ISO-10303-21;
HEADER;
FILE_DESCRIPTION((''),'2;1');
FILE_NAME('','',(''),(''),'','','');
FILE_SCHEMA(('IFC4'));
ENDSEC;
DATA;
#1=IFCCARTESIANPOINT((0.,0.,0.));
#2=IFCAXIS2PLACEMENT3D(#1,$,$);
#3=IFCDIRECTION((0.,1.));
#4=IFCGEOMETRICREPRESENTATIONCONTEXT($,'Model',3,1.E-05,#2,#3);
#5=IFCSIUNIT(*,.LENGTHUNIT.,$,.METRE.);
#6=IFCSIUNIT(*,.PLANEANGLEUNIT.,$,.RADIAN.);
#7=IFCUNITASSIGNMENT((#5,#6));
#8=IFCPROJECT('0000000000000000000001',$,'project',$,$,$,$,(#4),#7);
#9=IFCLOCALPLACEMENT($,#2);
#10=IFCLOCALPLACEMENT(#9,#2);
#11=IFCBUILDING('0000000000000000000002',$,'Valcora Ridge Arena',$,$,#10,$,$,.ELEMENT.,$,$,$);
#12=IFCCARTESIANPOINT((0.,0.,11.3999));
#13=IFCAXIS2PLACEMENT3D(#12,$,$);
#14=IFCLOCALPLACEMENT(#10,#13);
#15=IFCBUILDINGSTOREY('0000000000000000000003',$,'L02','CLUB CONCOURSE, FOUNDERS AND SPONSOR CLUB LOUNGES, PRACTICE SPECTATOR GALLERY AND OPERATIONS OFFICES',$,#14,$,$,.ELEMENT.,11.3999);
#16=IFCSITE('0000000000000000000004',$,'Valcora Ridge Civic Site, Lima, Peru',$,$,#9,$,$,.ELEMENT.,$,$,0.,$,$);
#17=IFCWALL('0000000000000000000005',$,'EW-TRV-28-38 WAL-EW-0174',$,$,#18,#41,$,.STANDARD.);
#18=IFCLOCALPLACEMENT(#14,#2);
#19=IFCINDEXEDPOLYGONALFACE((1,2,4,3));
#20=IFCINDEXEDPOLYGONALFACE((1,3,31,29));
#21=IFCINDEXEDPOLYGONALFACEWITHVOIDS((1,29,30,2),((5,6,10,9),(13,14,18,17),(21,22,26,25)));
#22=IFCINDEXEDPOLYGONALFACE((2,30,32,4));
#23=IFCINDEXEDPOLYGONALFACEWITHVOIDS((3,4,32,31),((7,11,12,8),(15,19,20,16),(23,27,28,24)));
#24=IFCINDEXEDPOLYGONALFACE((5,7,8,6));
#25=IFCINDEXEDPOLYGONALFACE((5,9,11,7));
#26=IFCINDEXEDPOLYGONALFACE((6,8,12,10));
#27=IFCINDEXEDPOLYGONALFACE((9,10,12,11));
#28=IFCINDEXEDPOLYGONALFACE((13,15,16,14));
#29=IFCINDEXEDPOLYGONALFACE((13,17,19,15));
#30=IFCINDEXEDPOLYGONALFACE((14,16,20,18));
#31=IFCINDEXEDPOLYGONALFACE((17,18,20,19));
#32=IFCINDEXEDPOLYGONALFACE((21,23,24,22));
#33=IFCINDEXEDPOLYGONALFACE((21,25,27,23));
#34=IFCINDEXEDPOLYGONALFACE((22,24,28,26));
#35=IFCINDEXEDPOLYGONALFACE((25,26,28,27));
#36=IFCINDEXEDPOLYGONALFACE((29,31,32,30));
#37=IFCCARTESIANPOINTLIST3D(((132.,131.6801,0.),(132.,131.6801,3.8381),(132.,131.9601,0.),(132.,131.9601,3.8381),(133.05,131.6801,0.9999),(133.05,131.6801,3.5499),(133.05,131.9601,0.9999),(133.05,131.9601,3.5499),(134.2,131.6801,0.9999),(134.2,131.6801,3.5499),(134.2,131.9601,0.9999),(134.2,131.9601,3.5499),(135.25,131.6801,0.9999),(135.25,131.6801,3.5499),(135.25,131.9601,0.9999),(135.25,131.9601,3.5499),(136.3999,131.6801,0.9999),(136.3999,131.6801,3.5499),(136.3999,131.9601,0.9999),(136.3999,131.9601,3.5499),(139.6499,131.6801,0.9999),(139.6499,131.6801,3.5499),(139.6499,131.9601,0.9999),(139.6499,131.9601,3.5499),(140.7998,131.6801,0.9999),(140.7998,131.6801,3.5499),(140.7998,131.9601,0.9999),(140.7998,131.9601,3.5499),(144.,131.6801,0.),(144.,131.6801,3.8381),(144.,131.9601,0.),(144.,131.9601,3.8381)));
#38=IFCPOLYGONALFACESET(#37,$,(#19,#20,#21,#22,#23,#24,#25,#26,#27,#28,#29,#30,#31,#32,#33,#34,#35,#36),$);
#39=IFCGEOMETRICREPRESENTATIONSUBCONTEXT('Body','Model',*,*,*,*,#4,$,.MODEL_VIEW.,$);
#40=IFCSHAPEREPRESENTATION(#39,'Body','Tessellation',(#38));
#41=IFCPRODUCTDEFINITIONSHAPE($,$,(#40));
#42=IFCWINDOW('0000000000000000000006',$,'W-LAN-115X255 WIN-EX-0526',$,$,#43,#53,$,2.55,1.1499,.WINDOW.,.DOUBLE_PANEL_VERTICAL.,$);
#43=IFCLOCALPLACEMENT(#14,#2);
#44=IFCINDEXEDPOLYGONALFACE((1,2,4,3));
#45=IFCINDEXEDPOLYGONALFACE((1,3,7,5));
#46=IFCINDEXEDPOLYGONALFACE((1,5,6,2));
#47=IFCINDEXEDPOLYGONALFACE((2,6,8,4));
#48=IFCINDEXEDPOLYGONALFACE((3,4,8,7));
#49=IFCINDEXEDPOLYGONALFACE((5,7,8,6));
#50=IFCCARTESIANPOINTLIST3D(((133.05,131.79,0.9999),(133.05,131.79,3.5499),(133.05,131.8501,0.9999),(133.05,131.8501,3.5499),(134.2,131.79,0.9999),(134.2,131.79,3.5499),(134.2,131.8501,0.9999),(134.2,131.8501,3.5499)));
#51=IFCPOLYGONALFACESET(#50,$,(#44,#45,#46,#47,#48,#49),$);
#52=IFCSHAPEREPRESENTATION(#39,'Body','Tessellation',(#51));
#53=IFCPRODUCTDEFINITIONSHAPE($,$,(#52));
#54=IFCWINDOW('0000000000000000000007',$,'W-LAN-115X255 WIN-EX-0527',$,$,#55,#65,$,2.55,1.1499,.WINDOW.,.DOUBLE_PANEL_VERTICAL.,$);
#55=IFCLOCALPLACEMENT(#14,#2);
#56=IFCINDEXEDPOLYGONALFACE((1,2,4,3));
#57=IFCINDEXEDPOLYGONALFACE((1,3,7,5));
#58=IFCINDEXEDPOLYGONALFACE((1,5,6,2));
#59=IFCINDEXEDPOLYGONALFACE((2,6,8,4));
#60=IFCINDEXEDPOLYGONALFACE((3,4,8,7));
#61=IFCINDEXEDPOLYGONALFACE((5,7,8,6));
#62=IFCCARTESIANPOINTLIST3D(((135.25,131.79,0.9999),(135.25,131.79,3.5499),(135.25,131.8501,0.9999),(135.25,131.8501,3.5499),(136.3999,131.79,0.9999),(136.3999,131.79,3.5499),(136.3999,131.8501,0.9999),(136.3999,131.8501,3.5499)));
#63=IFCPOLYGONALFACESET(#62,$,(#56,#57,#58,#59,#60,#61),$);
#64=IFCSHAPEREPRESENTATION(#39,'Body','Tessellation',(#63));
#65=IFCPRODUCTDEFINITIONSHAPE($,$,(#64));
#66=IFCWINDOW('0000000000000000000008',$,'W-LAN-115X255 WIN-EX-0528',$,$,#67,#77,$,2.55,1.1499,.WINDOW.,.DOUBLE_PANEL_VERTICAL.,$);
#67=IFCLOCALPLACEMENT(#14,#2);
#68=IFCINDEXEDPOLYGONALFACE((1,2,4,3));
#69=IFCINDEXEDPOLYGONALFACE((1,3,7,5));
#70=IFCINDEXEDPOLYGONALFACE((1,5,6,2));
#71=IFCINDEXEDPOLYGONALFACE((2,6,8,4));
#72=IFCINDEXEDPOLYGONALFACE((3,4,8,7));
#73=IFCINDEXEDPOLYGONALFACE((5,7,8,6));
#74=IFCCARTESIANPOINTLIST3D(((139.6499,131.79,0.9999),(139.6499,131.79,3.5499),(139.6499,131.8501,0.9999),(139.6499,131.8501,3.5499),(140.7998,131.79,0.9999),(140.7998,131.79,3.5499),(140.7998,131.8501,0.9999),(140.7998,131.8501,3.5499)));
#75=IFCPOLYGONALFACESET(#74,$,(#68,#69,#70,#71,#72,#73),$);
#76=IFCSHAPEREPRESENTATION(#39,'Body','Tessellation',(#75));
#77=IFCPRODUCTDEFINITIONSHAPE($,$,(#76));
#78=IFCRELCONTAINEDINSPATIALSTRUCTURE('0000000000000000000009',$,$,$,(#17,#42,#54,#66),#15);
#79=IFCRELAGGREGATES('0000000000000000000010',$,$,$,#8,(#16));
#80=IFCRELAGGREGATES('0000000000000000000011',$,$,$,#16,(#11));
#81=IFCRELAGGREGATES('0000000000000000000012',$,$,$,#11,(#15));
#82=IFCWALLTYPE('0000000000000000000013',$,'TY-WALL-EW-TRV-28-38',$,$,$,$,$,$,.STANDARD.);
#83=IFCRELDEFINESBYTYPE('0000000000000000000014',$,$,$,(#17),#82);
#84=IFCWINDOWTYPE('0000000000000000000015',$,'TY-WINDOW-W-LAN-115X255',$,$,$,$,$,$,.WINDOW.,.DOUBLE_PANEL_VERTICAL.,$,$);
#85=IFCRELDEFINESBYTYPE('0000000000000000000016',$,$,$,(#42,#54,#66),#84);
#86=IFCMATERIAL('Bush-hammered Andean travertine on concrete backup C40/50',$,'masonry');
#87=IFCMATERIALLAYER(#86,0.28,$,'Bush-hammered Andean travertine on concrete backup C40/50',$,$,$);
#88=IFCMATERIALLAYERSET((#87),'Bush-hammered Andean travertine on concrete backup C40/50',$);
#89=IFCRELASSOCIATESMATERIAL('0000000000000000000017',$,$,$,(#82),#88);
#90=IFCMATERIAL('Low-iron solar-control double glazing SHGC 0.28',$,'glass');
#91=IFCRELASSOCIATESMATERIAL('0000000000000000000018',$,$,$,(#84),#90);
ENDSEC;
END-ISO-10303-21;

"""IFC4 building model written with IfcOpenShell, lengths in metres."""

from ifc_helpers import new_model, si_unit, direction, frame, frame_2d, origin, place, context, subcontext, project, spatial, rectangle, extrude, material, layer, layer_set, type_object, element, fill, save


model = new_model("IFC4")

# Units and contexts
model_context = context("Model", 3, precision=1e-05, world=origin(), true_north=direction((0.0, 1.0)))
body_context = subcontext(model_context, "Body", "Model", "MODEL_VIEW")
ifc_project = project(units=[si_unit("LENGTHUNIT", "METRE"), si_unit("PLANEANGLEUNIT", "RADIAN")], contexts=[model_context])

# Site, building, storey
site_placement = place(None, origin())
site = spatial("IfcSite", under=ifc_project, at=site_placement, Name="Valcora Ridge Civic Site, Lima, Peru", CompositionType="ELEMENT", RefElevation=0.0)
building_placement = place(site_placement, origin())
building = spatial("IfcBuilding", under=site, at=building_placement, Name="Valcora Ridge Arena", CompositionType="ELEMENT")
storey_placement = place(building_placement, frame((0.0, 0.0, 11.3999)))
storey = spatial("IfcBuildingStorey", under=building, at=storey_placement, Name="L02", Description="CLUB CONCOURSE, FOUNDERS AND SPONSOR CLUB LOUNGES, PRACTICE SPECTATOR GALLERY AND OPERATIONS OFFICES", CompositionType="ELEMENT", Elevation=11.3999)

# Shared definitions
ifc_material_1 = material(Name="Low-iron solar-control double glazing SHGC 0.28", Category="glass")

# Wall, openings, windows
ifc_material_2 = material(Name="Bush-hammered Andean travertine on concrete backup C40/50", Category="masonry")
ifc_layer_1 = layer(ifc_material_2, 0.28, Name="Bush-hammered Andean travertine on concrete backup C40/50")
ifc_layer_set_1 = layer_set([ifc_layer_1], Name="Bush-hammered Andean travertine on concrete backup C40/50")
wall_type = type_object("IfcWallType", Name="TY-WALL-EW-TRV-28-38", PredefinedType="STANDARD", material=ifc_layer_set_1)
wall_placement = place(storey_placement, frame((132.0, 131.8201, 0.0), z_axis=(0.0, 0.0, 1.0), x_axis=(1.0, 0.0, 0.0)))
wall = element("IfcWall", 1, at=wall_placement, inside=storey, type_object=wall_type, Name="EW-TRV-28-38 WAL-EW-0174", PredefinedType="STANDARD", context=body_context, shape_type="SweptSolid", body=[
    extrude(rectangle(XDim=12.0, YDim=0.28, at=frame_2d((6.0, 0.0))), origin(), (0.0, 0.0, 1.0), 3.8381),
])
opening_1_placement = place(wall_placement, frame((1.05, 0.0, 1.0)))
opening_1 = element("IfcOpeningElement", 2, at=opening_1_placement, cuts=wall, PredefinedType="OPENING", context=body_context, shape_type="SweptSolid", body=[
    extrude(rectangle(XDim=1.1499, YDim=2.55, at=frame_2d((0.575, 1.2749))), frame((0.0, 0.1499, 0.0), z_axis=(0.0, -1.0, 0.0), x_axis=(1.0, 0.0, 0.0)), (0.0, 0.0, 1.0), 0.3),
])
opening_2_placement = place(wall_placement, frame((3.25, 0.0, 1.0)))
opening_2 = element("IfcOpeningElement", 3, at=opening_2_placement, cuts=wall, PredefinedType="OPENING", context=body_context, shape_type="SweptSolid", body=[
    extrude(rectangle(XDim=1.1499, YDim=2.55, at=frame_2d((0.575, 1.2749))), frame((0.0, 0.1499, 0.0), z_axis=(0.0, -1.0, 0.0), x_axis=(1.0, 0.0, 0.0)), (0.0, 0.0, 1.0), 0.3),
])
opening_3_placement = place(wall_placement, frame((7.6499, 0.0, 1.0)))
opening_3 = element("IfcOpeningElement", 4, at=opening_3_placement, cuts=wall, PredefinedType="OPENING", context=body_context, shape_type="SweptSolid", body=[
    extrude(rectangle(XDim=1.1499, YDim=2.55, at=frame_2d((0.575, 1.2749))), frame((0.0, 0.1499, 0.0), z_axis=(0.0, -1.0, 0.0), x_axis=(1.0, 0.0, 0.0)), (0.0, 0.0, 1.0), 0.3),
])
window_type = type_object("IfcWindowType", Name="TY-WINDOW-W-LAN-115X255", PartitioningType="DOUBLE_PANEL_VERTICAL", PredefinedType="WINDOW", material=ifc_material_1)
window_1_placement = place(opening_1_placement, origin())
window_1 = element("IfcWindow", 5, at=window_1_placement, inside=storey, type_object=window_type, Name="W-LAN-115X255 WIN-EX-0526", OverallHeight=2.55, OverallWidth=1.1499, PartitioningType="DOUBLE_PANEL_VERTICAL", PredefinedType="WINDOW", context=body_context, shape_type="SweptSolid", body=[
    extrude(rectangle(XDim=1.1499, YDim=2.55, at=frame_2d((0.575, 1.2749))), frame((0.0, 0.03, 0.0), z_axis=(0.0, -1.0, 0.0), x_axis=(1.0, 0.0, 0.0)), (0.0, 0.0, 1.0), 0.0601),
])
fill(opening_1, window_1)
window_2_placement = place(opening_2_placement, origin())
window_2 = element("IfcWindow", 6, at=window_2_placement, inside=storey, type_object=window_type, Name="W-LAN-115X255 WIN-EX-0527", OverallHeight=2.55, OverallWidth=1.1499, PartitioningType="DOUBLE_PANEL_VERTICAL", PredefinedType="WINDOW", context=body_context, shape_type="SweptSolid", body=[
    extrude(rectangle(XDim=1.1499, YDim=2.55, at=frame_2d((0.575, 1.2749))), frame((0.0, 0.03, 0.0), z_axis=(0.0, -1.0, 0.0), x_axis=(1.0, 0.0, 0.0)), (0.0, 0.0, 1.0), 0.0601),
])
fill(opening_2, window_2)
window_3_placement = place(opening_3_placement, origin())
window_3 = element("IfcWindow", 7, at=window_3_placement, inside=storey, type_object=window_type, Name="W-LAN-115X255 WIN-EX-0528", OverallHeight=2.55, OverallWidth=1.1499, PartitioningType="DOUBLE_PANEL_VERTICAL", PredefinedType="WINDOW", context=body_context, shape_type="SweptSolid", body=[
    extrude(rectangle(XDim=1.1499, YDim=2.55, at=frame_2d((0.575, 1.2749))), frame((0.0, 0.03, 0.0), z_axis=(0.0, -1.0, 0.0), x_axis=(1.0, 0.0, 0.0)), (0.0, 0.0, 1.0), 0.0601),
])
fill(opening_3, window_3)

save(model, "model.ifc")
